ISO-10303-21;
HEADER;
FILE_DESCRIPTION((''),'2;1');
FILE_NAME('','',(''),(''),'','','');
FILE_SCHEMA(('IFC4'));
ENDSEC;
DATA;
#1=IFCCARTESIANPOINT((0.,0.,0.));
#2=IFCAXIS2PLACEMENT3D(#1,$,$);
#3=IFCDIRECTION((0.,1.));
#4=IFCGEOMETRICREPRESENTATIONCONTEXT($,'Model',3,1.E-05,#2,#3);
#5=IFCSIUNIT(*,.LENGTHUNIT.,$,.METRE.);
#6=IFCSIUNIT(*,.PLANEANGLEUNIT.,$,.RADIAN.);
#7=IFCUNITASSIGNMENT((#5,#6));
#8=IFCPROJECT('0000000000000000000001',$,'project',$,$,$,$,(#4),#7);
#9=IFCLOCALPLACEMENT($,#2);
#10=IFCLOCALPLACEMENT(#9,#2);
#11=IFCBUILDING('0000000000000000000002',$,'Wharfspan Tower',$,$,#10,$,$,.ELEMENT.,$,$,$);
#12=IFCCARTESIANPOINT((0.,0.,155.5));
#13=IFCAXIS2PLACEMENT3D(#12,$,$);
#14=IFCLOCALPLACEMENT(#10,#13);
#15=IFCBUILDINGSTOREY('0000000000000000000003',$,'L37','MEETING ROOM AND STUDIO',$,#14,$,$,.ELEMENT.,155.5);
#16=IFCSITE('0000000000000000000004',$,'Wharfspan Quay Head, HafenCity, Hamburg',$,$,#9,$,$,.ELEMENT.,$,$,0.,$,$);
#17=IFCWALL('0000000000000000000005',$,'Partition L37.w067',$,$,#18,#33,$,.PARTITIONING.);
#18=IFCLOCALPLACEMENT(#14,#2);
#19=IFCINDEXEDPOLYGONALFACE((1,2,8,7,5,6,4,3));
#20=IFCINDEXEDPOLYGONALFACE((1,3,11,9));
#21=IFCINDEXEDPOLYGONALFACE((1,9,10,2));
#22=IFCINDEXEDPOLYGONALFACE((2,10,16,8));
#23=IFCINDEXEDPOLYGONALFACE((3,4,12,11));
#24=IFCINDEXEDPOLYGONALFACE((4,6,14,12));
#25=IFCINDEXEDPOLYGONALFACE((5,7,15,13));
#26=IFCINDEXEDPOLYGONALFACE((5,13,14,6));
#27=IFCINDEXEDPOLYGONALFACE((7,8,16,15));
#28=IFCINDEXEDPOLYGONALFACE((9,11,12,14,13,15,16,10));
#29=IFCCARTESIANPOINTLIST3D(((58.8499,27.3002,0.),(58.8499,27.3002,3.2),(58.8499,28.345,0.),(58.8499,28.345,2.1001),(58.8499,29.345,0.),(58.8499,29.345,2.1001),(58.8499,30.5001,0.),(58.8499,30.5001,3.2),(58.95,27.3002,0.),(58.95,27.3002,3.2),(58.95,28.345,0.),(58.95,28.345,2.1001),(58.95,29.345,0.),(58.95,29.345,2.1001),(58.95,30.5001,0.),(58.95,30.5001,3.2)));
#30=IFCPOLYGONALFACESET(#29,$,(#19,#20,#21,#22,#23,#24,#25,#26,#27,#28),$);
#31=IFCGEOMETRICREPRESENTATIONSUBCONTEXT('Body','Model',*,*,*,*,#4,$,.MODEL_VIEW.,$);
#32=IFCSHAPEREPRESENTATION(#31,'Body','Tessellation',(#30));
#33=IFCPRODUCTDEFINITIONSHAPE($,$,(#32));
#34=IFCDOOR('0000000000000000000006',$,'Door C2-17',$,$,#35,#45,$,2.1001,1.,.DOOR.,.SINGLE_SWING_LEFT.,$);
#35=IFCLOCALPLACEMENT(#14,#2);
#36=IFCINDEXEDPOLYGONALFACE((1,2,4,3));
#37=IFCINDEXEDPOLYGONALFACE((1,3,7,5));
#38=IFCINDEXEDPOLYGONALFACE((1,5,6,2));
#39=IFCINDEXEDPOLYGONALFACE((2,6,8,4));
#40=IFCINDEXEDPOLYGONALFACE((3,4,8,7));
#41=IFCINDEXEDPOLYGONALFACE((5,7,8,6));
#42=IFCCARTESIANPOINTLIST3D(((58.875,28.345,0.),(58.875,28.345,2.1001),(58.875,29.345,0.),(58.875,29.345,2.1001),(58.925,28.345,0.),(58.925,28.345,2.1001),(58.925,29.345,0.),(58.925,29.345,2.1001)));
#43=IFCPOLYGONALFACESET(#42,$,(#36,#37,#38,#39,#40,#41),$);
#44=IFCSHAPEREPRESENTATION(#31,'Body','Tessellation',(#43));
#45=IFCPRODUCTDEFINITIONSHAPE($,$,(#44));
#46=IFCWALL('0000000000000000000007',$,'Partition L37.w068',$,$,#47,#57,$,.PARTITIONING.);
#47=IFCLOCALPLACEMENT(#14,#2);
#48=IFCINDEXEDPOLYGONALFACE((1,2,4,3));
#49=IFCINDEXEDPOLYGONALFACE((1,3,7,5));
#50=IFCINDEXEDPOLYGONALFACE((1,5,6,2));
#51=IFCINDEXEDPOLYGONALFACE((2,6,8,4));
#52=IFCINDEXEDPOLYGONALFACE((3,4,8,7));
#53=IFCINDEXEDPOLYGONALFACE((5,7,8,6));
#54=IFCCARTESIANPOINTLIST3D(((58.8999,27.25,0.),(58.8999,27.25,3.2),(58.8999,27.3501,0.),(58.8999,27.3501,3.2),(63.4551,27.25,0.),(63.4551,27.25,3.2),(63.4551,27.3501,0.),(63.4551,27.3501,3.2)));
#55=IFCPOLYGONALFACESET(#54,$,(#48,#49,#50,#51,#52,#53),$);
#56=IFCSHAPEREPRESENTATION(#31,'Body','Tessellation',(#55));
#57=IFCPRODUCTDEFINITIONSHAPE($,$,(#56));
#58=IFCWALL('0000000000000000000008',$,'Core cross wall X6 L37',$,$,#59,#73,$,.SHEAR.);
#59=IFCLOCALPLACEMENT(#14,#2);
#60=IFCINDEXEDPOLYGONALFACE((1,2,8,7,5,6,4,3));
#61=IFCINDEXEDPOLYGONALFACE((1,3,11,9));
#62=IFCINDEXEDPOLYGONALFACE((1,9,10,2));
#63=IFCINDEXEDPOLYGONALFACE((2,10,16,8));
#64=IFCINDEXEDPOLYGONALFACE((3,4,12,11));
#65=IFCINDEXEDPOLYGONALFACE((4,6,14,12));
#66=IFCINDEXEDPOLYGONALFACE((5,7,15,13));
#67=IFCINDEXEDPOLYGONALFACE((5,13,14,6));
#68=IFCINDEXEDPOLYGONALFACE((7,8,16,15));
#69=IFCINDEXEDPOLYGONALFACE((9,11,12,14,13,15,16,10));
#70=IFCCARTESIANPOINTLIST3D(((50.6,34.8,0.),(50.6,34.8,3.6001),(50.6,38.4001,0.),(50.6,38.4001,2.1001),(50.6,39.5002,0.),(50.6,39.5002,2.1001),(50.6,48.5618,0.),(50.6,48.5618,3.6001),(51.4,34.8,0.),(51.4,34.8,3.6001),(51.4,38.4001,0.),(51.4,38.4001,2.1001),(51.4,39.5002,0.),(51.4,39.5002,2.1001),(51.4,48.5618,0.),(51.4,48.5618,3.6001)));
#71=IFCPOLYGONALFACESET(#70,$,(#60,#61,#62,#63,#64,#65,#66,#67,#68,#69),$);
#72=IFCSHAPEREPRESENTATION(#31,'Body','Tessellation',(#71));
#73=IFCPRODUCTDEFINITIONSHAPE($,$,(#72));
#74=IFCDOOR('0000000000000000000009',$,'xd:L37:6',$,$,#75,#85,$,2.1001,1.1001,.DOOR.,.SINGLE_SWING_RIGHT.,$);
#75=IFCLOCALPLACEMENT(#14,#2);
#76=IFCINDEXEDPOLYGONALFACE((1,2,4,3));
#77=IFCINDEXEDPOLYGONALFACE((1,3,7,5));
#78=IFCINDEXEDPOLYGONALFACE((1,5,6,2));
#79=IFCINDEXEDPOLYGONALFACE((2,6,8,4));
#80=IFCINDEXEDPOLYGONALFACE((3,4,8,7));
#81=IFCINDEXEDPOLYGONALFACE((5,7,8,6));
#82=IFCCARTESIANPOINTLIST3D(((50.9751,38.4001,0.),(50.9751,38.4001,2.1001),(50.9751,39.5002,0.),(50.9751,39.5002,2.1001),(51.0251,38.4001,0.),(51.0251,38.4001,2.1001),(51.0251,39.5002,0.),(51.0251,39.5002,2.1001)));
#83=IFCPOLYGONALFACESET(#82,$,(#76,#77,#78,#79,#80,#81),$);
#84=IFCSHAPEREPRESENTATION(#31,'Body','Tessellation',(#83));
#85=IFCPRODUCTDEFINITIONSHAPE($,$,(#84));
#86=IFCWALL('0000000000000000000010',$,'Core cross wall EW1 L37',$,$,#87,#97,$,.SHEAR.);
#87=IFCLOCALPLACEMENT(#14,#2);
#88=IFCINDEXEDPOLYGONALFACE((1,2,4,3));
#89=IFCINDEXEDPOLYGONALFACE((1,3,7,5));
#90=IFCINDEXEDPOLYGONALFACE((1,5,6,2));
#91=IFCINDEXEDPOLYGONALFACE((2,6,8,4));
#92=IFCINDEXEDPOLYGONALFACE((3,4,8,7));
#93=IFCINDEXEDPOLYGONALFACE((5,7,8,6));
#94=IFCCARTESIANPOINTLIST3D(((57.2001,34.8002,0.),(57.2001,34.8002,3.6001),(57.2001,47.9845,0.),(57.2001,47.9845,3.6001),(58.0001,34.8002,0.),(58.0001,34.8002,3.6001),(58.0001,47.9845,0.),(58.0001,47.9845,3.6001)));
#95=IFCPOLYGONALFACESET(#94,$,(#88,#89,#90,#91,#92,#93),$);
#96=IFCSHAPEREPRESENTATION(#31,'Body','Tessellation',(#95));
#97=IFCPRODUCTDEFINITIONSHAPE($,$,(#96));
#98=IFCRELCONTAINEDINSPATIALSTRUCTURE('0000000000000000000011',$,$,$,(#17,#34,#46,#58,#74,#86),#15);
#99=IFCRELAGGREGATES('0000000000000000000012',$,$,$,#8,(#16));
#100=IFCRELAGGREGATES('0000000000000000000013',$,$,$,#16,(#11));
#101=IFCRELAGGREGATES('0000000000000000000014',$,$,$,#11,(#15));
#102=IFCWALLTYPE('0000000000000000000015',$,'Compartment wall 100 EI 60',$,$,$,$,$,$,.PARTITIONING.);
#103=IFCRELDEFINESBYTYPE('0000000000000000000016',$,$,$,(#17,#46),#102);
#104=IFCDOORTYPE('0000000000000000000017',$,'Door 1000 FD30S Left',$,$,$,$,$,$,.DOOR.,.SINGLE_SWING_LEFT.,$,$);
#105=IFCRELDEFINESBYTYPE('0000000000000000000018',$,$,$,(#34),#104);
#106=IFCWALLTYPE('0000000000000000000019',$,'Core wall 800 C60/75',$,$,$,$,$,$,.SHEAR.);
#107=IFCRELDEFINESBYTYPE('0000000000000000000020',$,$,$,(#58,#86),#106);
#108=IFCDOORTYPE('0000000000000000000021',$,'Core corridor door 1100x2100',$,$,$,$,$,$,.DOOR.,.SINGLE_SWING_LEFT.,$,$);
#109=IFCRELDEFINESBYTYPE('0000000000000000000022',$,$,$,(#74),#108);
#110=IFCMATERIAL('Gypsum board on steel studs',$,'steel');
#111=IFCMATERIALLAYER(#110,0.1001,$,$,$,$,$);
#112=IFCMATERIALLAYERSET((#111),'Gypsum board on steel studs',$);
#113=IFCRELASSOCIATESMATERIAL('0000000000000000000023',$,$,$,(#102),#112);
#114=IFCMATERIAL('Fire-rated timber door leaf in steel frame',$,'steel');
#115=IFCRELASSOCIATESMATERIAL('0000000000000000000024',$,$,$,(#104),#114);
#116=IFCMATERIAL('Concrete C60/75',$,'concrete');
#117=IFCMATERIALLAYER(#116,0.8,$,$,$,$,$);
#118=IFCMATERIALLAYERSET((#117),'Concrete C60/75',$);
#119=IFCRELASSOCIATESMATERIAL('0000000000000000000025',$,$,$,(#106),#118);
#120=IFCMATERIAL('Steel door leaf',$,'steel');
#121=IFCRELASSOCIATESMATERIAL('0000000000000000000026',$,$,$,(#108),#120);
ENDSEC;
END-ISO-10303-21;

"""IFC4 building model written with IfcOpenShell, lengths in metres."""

from ifc_helpers import new_model, si_unit, direction, frame, frame_2d, origin, place, context, subcontext, project, spatial, rectangle, extrude, material, layer, layer_set, type_object, element, fill, save


model = new_model("IFC4")

# Units and contexts
model_context = context("Model", 3, precision=1e-05, world=origin(), true_north=direction((0.0, 1.0)))
body_context = subcontext(model_context, "Body", "Model", "MODEL_VIEW")
ifc_project = project(units=[si_unit("LENGTHUNIT", "METRE"), si_unit("PLANEANGLEUNIT", "RADIAN")], contexts=[model_context])

# Site, building, storey
site_placement = place(None, origin())
site = spatial("IfcSite", under=ifc_project, at=site_placement, Name="Wharfspan Quay Head, HafenCity, Hamburg", CompositionType="ELEMENT", RefElevation=0.0)
building_placement = place(site_placement, origin())
building = spatial("IfcBuilding", under=site, at=building_placement, Name="Wharfspan Tower", CompositionType="ELEMENT")
storey_placement = place(building_placement, frame((0.0, 0.0, 155.5)))
storey = spatial("IfcBuildingStorey", under=building, at=storey_placement, Name="L37", Description="MEETING ROOM AND STUDIO", CompositionType="ELEMENT", Elevation=155.5)

# Shared definitions
ifc_material_1 = material(Name="Gypsum board on steel studs", Category="steel")
ifc_layer_1 = layer(ifc_material_1, 0.1001)
ifc_layer_set_1 = layer_set([ifc_layer_1], Name="Gypsum board on steel studs")
wall_type_1 = type_object("IfcWallType", Name="Compartment wall 100 EI 60", PredefinedType="PARTITIONING", material=ifc_layer_set_1)

# Wall, opening, door
wall_1_placement = place(storey_placement, frame((58.8999, 27.3, 0.0), z_axis=(0.0, 0.0, 1.0), x_axis=(0.0, 1.0, 0.0)))
wall_1 = element("IfcWall", 1, at=wall_1_placement, inside=storey, type_object=wall_type_1, Name="Partition L37.w067", PredefinedType="PARTITIONING", context=body_context, shape_type="SweptSolid", body=[
    extrude(rectangle(XDim=3.2, YDim=0.1001, at=frame_2d((1.6001, 0.0))), origin(), (0.0, 0.0, 1.0), 3.2),
])
opening_1_placement = place(wall_1_placement, frame((1.0449, 0.0, 0.0)))
opening_1 = element("IfcOpeningElement", 2, at=opening_1_placement, cuts=wall_1, PredefinedType="OPENING", context=body_context, shape_type="SweptSolid", body=[
    extrude(rectangle(XDim=1.0, YDim=2.1001, at=frame_2d((0.5, 1.05))), frame((0.0, 0.0601, 0.0), z_axis=(0.0, -1.0, 0.0), x_axis=(1.0, 0.0, 0.0)), (0.0, 0.0, 1.0), 0.1201),
])
ifc_material_2 = material(Name="Fire-rated timber door leaf in steel frame", Category="steel")
door_type_1 = type_object("IfcDoorType", Name="Door 1000 FD30S Left", OperationType="SINGLE_SWING_LEFT", PredefinedType="DOOR", material=ifc_material_2)
door_1_placement = place(opening_1_placement, origin())
door_1 = element("IfcDoor", 3, at=door_1_placement, inside=storey, type_object=door_type_1, Name="Door C2-17", OperationType="SINGLE_SWING_LEFT", OverallHeight=2.1001, OverallWidth=1.0, PredefinedType="DOOR", context=body_context, shape_type="SweptSolid", body=[
    extrude(rectangle(XDim=1.0, YDim=2.1001, at=frame_2d((0.5, 1.05))), frame((0.0, 0.0249, 0.0), z_axis=(0.0, -1.0, 0.0), x_axis=(1.0, 0.0, 0.0)), (0.0, 0.0, 1.0), 0.05),
])
fill(opening_1, door_1)

# Wall
wall_2_placement = place(storey_placement, frame((58.8999, 27.3, 0.0), z_axis=(0.0, 0.0, 1.0), x_axis=(1.0, 0.0, 0.0)))
element("IfcWall", 4, at=wall_2_placement, inside=storey, type_object=wall_type_1, Name="Partition L37.w068", PredefinedType="PARTITIONING", context=body_context, shape_type="SweptSolid", body=[
    extrude(rectangle(XDim=4.5552, YDim=0.1001, at=frame_2d((2.2776, 0.0))), origin(), (0.0, 0.0, 1.0), 3.2),
])

# Wall, opening, door
ifc_material_3 = material(Name="Concrete C60/75", Category="concrete")
ifc_layer_2 = layer(ifc_material_3, 0.8)
ifc_layer_set_2 = layer_set([ifc_layer_2], Name="Concrete C60/75")
wall_type_2 = type_object("IfcWallType", Name="Core wall 800 C60/75", PredefinedType="SHEAR", material=ifc_layer_set_2)
wall_3_placement = place(storey_placement, frame((51.0, 34.8, 0.0), z_axis=(0.0, 0.0, 1.0), x_axis=(0.0, 1.0, 0.0)))
wall_3 = element("IfcWall", 5, at=wall_3_placement, inside=storey, type_object=wall_type_2, Name="Core cross wall X6 L37", PredefinedType="SHEAR", context=body_context, shape_type="SweptSolid", body=[
    extrude(rectangle(XDim=13.7617, YDim=0.8, at=frame_2d((6.8809, 0.0))), origin(), (0.0, 0.0, 1.0), 3.6001),
])
opening_2_placement = place(wall_3_placement, frame((3.6001, 0.0, 0.0)))
opening_2 = element("IfcOpeningElement", 6, at=opening_2_placement, cuts=wall_3, PredefinedType="OPENING", context=body_context, shape_type="SweptSolid", body=[
    extrude(rectangle(XDim=1.1001, YDim=2.1001, at=frame_2d((0.55, 1.05))), frame((0.0, 0.4099, 0.0), z_axis=(0.0, -1.0, 0.0), x_axis=(1.0, 0.0, 0.0)), (0.0, 0.0, 1.0), 0.8201),
])
ifc_material_4 = material(Name="Steel door leaf", Category="steel")
door_type_2 = type_object("IfcDoorType", Name="Core corridor door 1100x2100", OperationType="SINGLE_SWING_LEFT", PredefinedType="DOOR", material=ifc_material_4)
door_2_placement = place(opening_2_placement, origin())
door_2 = element("IfcDoor", 7, at=door_2_placement, inside=storey, type_object=door_type_2, Name="xd:L37:6", OperationType="SINGLE_SWING_RIGHT", OverallHeight=2.1001, OverallWidth=1.1001, PredefinedType="DOOR", context=body_context, shape_type="SweptSolid", body=[
    extrude(rectangle(XDim=1.1001, YDim=2.1001, at=frame_2d((0.55, 1.05))), frame((0.0, 0.0249, 0.0), z_axis=(0.0, -1.0, 0.0), x_axis=(1.0, 0.0, 0.0)), (0.0, 0.0, 1.0), 0.05),
])
fill(opening_2, door_2)

# Wall
wall_4_placement = place(storey_placement, frame((57.6001, 34.8, 0.0), z_axis=(0.0, 0.0, 1.0), x_axis=(0.0, 1.0, 0.0)))
element("IfcWall", 8, at=wall_4_placement, inside=storey, type_object=wall_type_2, Name="Core cross wall EW1 L37", PredefinedType="SHEAR", context=body_context, shape_type="SweptSolid", body=[
    extrude(rectangle(XDim=13.1843, YDim=0.8, at=frame_2d((6.5923, 0.0))), origin(), (0.0, 0.0, 1.0), 3.6001),
])

save(model, "model.ifc")
